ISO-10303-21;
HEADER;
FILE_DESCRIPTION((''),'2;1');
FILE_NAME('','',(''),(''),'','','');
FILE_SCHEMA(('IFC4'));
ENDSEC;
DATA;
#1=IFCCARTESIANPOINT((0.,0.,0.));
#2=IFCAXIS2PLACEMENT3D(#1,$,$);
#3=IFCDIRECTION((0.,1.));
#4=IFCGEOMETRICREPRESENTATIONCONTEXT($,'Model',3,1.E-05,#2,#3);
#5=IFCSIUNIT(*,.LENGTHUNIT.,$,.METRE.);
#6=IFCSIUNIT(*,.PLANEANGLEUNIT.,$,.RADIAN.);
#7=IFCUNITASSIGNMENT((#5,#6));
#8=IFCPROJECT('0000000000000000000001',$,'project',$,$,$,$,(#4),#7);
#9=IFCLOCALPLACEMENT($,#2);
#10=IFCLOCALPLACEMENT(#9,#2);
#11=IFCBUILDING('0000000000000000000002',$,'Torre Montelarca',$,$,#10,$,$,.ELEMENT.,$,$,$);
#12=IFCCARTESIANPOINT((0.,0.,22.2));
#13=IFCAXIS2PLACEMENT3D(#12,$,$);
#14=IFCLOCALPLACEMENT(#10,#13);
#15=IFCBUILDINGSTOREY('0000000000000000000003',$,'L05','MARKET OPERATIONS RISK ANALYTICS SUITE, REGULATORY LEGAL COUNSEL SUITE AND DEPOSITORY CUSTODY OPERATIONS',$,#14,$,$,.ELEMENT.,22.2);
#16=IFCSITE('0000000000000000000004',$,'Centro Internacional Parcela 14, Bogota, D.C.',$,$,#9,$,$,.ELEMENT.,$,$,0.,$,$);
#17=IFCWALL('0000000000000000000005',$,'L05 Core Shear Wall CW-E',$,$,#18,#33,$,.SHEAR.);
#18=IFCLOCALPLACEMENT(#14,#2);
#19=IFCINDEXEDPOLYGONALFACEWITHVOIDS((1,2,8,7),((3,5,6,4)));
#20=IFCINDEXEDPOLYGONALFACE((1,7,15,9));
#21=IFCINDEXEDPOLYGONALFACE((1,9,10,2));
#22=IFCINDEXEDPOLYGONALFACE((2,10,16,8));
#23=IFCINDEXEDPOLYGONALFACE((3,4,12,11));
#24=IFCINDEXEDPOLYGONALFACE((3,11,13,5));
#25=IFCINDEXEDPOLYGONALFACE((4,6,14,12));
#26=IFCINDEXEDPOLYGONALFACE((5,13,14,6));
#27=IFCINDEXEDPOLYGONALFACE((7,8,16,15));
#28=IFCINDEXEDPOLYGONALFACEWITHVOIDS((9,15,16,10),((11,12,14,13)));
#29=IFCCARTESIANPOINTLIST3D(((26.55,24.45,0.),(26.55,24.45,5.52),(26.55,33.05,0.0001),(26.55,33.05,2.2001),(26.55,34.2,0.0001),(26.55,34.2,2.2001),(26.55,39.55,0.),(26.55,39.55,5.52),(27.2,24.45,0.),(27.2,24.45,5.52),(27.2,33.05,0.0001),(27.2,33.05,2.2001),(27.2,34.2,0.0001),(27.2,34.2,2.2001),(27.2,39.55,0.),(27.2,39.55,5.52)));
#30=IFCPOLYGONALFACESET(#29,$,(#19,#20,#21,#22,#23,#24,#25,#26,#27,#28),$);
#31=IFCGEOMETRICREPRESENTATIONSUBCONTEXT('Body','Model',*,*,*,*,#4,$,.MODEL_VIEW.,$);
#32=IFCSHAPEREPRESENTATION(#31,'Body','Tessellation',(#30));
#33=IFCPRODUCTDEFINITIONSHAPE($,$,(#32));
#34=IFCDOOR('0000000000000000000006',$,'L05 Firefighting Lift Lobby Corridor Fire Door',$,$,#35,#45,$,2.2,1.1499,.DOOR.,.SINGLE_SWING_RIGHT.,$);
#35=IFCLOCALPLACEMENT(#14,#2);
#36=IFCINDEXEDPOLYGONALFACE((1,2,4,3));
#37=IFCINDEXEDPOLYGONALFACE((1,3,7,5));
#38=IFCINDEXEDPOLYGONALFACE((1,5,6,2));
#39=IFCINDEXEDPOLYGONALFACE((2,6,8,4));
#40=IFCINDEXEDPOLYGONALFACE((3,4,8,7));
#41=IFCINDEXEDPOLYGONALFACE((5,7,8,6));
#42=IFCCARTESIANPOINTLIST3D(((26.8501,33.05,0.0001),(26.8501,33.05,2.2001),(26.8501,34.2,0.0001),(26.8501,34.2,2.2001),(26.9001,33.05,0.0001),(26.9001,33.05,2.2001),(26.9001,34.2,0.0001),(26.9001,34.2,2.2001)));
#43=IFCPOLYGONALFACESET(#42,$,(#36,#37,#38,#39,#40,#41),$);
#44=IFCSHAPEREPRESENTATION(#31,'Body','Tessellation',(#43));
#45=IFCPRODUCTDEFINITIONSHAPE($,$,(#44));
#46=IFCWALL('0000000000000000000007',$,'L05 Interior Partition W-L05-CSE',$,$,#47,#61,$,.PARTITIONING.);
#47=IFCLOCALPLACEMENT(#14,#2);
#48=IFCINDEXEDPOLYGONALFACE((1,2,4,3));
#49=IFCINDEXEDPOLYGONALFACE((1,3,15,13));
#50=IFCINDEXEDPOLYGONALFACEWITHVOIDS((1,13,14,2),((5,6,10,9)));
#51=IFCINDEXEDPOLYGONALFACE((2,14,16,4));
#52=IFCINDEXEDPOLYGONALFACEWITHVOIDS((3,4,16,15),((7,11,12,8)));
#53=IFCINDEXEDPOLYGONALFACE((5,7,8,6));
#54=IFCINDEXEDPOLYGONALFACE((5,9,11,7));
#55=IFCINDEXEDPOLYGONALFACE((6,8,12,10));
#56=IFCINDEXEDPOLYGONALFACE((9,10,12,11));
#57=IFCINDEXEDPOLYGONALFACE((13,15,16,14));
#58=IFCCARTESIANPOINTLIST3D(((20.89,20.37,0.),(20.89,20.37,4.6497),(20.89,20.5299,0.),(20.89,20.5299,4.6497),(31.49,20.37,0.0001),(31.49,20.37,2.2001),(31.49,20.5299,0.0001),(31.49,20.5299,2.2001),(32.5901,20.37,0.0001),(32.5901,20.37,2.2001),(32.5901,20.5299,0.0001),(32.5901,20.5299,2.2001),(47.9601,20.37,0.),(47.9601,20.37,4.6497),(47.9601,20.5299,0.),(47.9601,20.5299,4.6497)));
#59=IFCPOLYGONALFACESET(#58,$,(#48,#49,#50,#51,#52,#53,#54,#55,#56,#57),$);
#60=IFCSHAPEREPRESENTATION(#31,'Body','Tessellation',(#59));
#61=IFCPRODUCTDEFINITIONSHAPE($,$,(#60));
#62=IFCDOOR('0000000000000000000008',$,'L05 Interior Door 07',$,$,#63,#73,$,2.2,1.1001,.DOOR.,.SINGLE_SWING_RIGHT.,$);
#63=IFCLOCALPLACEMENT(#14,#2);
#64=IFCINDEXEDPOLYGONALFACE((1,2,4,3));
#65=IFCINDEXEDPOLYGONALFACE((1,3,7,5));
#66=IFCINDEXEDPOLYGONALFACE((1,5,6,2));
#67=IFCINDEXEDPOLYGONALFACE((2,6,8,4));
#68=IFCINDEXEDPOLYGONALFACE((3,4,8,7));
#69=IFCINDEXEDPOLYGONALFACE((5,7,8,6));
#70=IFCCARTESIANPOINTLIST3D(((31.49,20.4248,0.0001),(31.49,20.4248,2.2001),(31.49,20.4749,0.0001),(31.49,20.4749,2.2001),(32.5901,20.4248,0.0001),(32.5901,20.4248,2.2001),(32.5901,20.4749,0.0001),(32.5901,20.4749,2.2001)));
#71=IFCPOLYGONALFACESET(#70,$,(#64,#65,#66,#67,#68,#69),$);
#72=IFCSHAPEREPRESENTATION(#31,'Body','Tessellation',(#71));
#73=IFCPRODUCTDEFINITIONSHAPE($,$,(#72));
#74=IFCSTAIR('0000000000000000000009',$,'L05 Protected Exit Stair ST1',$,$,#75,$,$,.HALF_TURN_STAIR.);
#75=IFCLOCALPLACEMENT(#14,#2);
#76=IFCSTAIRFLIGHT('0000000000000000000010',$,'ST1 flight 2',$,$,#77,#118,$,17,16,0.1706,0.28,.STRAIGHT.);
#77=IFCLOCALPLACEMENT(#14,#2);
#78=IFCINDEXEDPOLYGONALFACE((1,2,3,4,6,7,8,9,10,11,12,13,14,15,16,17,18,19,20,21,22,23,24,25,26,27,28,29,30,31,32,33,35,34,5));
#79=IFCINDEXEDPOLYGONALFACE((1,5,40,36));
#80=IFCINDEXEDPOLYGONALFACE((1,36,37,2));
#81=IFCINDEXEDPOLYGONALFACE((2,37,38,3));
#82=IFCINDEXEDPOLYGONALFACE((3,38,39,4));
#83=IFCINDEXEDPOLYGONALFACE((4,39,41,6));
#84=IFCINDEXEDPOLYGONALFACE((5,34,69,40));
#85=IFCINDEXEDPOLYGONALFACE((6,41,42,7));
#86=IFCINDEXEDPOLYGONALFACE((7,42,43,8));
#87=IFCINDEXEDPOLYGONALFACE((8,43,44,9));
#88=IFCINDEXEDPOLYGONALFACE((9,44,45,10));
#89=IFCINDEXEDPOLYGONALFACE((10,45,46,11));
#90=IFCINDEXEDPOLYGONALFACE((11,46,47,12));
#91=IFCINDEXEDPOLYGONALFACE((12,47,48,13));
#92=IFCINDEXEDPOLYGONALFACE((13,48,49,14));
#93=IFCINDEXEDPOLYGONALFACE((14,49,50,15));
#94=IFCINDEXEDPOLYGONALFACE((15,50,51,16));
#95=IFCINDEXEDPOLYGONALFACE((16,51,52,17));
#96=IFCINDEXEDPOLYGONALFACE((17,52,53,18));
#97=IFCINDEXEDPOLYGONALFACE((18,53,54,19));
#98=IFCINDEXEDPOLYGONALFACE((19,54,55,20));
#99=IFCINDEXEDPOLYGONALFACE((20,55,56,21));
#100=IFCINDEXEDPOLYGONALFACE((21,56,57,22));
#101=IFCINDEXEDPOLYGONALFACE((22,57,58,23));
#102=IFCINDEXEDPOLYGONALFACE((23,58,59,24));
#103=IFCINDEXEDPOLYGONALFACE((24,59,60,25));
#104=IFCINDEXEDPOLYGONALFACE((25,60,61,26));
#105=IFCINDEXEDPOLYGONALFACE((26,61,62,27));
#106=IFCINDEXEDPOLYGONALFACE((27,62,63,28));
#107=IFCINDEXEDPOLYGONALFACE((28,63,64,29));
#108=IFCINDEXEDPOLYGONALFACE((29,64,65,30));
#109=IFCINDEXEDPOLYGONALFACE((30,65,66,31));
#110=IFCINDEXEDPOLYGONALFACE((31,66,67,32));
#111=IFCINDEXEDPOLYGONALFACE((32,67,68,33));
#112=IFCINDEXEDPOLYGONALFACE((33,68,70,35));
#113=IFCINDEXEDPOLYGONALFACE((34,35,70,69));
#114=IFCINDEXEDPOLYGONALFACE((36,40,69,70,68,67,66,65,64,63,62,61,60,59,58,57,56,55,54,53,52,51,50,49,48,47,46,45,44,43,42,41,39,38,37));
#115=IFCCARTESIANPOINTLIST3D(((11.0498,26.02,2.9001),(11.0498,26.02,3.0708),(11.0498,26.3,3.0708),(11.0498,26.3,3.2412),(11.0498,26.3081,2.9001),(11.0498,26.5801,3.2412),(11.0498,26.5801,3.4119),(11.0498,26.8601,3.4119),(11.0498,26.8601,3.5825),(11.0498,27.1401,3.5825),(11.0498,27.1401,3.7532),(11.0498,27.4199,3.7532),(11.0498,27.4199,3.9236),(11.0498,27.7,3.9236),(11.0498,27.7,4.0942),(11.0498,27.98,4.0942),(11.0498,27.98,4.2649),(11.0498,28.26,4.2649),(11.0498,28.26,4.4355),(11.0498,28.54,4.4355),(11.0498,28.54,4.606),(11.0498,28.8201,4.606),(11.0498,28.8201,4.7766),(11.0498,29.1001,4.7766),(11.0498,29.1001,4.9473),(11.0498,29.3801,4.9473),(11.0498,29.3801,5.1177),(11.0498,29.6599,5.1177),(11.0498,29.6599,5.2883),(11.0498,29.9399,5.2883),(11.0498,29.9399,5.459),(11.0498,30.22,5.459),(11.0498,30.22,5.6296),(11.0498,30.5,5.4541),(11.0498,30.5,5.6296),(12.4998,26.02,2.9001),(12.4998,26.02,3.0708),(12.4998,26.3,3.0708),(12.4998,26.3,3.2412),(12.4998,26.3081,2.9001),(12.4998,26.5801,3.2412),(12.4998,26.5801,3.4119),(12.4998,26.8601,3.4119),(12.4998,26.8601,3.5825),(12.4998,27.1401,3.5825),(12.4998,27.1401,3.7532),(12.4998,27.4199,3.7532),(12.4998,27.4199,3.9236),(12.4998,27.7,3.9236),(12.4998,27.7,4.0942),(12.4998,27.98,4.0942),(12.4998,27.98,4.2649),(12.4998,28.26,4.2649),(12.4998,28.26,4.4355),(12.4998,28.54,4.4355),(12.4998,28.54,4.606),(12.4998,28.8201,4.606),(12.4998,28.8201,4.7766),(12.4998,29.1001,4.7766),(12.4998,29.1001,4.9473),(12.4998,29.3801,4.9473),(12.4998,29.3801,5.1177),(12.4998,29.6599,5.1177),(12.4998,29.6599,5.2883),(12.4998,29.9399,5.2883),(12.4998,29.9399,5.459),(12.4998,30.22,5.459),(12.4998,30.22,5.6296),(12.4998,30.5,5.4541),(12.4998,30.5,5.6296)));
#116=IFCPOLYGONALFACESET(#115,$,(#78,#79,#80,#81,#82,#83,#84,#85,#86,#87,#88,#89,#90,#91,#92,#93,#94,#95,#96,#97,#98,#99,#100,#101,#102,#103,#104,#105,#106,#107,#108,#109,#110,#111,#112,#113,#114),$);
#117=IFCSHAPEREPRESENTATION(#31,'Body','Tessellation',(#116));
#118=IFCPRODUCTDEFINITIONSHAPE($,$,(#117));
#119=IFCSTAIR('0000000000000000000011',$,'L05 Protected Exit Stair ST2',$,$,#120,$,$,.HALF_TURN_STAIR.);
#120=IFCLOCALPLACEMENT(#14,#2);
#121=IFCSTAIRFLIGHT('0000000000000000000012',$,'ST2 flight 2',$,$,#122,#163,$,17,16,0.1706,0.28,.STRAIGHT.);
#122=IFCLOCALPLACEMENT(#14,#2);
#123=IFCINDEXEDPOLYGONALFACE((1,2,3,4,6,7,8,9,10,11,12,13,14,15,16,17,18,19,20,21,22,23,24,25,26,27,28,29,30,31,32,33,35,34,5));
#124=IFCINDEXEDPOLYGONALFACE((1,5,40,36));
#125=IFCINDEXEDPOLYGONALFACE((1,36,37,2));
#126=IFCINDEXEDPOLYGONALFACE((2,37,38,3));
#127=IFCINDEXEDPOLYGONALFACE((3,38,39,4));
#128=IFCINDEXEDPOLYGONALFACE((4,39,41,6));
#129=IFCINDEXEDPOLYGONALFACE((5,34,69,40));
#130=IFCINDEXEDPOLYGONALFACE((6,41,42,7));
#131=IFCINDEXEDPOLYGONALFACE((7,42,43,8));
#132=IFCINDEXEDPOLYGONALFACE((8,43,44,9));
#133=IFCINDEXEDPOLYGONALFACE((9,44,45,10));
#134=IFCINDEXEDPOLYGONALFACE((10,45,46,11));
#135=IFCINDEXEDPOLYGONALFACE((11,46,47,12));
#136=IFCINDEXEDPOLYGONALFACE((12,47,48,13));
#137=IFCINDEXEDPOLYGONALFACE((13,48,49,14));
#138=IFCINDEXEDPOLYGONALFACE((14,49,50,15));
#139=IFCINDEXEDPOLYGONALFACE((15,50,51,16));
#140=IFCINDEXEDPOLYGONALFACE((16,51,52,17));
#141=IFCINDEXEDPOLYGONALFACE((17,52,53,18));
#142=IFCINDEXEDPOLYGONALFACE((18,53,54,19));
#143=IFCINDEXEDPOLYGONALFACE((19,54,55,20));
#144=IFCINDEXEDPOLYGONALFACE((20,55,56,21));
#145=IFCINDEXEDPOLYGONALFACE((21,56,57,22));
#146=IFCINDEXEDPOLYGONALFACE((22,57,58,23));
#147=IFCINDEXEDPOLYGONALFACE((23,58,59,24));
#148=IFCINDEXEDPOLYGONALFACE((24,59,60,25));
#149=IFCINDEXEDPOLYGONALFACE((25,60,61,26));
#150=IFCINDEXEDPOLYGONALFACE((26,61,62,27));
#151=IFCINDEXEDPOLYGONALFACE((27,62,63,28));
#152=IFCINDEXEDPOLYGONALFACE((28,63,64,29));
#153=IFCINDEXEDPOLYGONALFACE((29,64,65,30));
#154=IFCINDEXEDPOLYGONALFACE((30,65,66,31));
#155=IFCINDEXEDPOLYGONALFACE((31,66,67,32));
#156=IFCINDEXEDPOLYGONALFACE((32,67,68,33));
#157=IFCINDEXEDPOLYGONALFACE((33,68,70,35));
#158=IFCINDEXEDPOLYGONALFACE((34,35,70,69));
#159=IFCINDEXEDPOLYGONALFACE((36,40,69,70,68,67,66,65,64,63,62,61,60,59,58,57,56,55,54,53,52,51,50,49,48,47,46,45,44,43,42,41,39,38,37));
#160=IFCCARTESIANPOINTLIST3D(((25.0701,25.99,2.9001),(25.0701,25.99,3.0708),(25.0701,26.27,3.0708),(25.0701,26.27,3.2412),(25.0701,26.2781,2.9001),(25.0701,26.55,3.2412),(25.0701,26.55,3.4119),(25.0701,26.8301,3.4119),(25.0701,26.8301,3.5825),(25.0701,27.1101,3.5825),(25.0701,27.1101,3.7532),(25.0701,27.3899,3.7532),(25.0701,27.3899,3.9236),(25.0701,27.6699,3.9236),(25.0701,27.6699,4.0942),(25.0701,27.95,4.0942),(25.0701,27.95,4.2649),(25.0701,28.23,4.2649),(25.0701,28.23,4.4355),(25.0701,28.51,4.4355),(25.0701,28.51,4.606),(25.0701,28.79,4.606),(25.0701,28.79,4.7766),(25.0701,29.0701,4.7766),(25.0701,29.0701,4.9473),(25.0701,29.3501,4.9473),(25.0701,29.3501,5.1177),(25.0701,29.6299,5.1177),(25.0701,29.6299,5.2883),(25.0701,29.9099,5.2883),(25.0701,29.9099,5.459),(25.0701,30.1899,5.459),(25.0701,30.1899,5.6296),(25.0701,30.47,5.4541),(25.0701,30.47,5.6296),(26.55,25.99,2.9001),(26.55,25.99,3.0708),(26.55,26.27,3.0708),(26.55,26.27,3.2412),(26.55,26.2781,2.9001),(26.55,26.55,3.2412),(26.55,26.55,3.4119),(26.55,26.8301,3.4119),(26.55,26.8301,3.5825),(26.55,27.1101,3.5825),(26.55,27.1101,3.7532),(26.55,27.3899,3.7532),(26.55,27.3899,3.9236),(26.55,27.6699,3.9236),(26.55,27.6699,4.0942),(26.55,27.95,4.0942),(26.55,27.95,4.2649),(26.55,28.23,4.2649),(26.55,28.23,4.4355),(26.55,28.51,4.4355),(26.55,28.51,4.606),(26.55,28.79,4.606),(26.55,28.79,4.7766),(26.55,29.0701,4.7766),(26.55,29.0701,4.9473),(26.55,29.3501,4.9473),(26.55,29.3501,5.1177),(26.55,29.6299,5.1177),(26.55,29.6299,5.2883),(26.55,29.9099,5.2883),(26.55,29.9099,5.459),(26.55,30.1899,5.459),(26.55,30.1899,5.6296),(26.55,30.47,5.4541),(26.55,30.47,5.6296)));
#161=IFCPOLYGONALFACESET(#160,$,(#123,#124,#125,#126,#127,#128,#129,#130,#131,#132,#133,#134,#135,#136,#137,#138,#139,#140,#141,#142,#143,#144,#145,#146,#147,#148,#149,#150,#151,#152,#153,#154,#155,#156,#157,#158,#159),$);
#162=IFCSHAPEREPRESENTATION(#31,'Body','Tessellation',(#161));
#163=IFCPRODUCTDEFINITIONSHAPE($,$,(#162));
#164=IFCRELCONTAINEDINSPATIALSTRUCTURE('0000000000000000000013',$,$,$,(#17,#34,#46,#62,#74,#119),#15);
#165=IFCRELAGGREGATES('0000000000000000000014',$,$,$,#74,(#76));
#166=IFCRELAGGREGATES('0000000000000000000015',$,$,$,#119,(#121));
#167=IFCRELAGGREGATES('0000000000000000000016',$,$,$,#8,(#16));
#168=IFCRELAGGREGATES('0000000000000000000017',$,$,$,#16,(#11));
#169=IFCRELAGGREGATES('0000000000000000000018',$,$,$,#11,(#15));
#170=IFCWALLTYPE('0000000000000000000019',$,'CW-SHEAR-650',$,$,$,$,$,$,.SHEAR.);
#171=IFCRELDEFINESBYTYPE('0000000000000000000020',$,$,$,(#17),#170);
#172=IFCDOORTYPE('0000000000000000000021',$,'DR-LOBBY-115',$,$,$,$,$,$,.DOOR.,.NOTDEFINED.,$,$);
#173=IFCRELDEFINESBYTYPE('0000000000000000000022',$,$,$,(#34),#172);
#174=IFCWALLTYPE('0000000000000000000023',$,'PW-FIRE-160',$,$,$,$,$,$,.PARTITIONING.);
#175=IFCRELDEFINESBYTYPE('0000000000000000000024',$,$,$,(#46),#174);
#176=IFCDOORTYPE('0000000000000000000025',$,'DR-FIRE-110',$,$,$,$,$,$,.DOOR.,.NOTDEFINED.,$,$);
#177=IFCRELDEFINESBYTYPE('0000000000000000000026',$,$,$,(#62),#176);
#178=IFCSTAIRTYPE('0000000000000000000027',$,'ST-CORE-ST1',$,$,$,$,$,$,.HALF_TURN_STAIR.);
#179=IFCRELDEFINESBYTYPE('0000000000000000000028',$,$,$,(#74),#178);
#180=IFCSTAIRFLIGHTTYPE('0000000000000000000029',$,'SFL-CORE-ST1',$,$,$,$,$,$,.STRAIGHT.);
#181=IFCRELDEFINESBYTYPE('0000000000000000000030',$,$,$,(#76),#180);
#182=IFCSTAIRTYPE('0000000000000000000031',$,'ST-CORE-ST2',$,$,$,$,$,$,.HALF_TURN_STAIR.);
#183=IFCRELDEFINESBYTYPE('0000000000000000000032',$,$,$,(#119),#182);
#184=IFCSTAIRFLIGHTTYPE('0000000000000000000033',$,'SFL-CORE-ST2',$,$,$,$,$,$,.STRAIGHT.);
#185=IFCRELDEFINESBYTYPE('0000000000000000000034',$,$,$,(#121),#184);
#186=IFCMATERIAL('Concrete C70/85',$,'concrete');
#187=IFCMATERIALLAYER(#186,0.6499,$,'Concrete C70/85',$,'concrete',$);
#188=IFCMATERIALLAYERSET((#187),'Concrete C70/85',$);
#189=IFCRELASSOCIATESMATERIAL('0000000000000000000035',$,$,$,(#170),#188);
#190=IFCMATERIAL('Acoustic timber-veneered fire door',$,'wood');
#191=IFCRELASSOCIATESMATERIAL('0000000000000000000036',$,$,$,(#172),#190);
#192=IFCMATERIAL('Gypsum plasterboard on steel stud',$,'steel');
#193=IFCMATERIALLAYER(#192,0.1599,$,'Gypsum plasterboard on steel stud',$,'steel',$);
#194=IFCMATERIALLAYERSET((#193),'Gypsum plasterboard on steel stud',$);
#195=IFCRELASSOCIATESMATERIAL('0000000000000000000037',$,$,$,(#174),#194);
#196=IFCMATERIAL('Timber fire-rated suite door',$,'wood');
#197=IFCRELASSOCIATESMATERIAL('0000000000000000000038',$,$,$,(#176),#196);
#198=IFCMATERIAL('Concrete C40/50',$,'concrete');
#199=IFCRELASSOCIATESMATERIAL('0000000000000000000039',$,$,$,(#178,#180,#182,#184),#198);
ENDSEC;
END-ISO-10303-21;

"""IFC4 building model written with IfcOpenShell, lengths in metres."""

from ifc_helpers import new_model, si_unit, direction, frame, frame_2d, origin, place, context, subcontext, project, spatial, polyline, rectangle, outline, extrude, source, transform, mapped, material, layer, layer_set, type_object, element, fill, aggregate, save


model = new_model("IFC4")

# Units and contexts
model_context = context("Model", 3, precision=1e-05, world=origin(), true_north=direction((0.0, 1.0)))
body_context = subcontext(model_context, "Body", "Model", "MODEL_VIEW")
ifc_project = project(units=[si_unit("LENGTHUNIT", "METRE"), si_unit("PLANEANGLEUNIT", "RADIAN")], contexts=[model_context])

# Site, building, storey
site_placement = place(None, origin())
site = spatial("IfcSite", under=ifc_project, at=site_placement, Name="Centro Internacional Parcela 14, Bogota, D.C.", CompositionType="ELEMENT", RefElevation=0.0)
building_placement = place(site_placement, origin())
building = spatial("IfcBuilding", under=site, at=building_placement, Name="Torre Montelarca", CompositionType="ELEMENT")
storey_placement = place(building_placement, frame((0.0, 0.0, 22.2)))
storey = spatial("IfcBuildingStorey", under=building, at=storey_placement, Name="L05", Description="MARKET OPERATIONS RISK ANALYTICS SUITE, REGULATORY LEGAL COUNSEL SUITE AND DEPOSITORY CUSTODY OPERATIONS", CompositionType="ELEMENT", Elevation=22.2)

# Shared definitions
ifc_material_1 = material(Name="Concrete C70/85", Category="concrete")

# Shared definitions
ifc_material_2 = material(Name="Concrete C40/50", Category="concrete")

# Walls, openings, doors
ifc_layer_1 = layer(ifc_material_1, 0.6499, Name="Concrete C70/85", Category="concrete")
ifc_layer_set_1 = layer_set([ifc_layer_1], Name="Concrete C70/85")
wall_type_1 = type_object("IfcWallType", Name="CW-SHEAR-650", PredefinedType="SHEAR", material=ifc_layer_set_1)
wall_1_placement = place(storey_placement, frame((26.875, 24.45, 0.0), z_axis=(0.0, 0.0, 1.0), x_axis=(0.0, 1.0, 0.0)))
wall_1 = element("IfcWall", 1, at=wall_1_placement, inside=storey, type_object=wall_type_1, Name="L05 Core Shear Wall CW-E", PredefinedType="SHEAR", context=body_context, shape_type="SweptSolid", body=[
    extrude(rectangle(XDim=15.1001, YDim=0.6499, at=frame_2d((7.55, 0.0))), origin(), (0.0, 0.0, 1.0), 5.52),
])
opening_1_placement = place(wall_1_placement, frame((8.6001, 0.0, 0.0)))
opening_1 = element("IfcOpeningElement", 2, at=opening_1_placement, cuts=wall_1, PredefinedType="OPENING", context=body_context, shape_type="SweptSolid", body=[
    extrude(rectangle(XDim=1.1499, YDim=2.2, at=frame_2d((0.575, 1.1001))), frame((0.0, 0.335, 0.0), z_axis=(0.0, -1.0, 0.0), x_axis=(1.0, 0.0, 0.0)), (0.0, 0.0, 1.0), 0.6699),
])
ifc_material_3 = material(Name="Acoustic timber-veneered fire door", Category="wood")
door_type_1 = type_object("IfcDoorType", Name="DR-LOBBY-115", OperationType="NOTDEFINED", PredefinedType="DOOR", material=ifc_material_3)
shared_shape_1 = source(origin(), body_context, "Body", "SweptSolid", [
    extrude(rectangle(XDim=1.1499, YDim=2.2, at=frame_2d((0.575, 1.1001))), frame((0.0, 0.0249, 0.0), z_axis=(0.0, -1.0, 0.0), x_axis=(1.0, 0.0, 0.0)), (0.0, 0.0, 1.0), 0.05),
])
door_1_placement = place(opening_1_placement, origin())
door_1 = element("IfcDoor", 3, at=door_1_placement, inside=storey, type_object=door_type_1, Name="L05 Firefighting Lift Lobby Corridor Fire Door", OperationType="SINGLE_SWING_RIGHT", OverallHeight=2.2, OverallWidth=1.1499, PredefinedType="DOOR", context=body_context, shape_type="MappedRepresentation", body=[
    mapped(shared_shape_1, transform((0.0, 0.0, 0.0), scale=1.0)),
])
fill(opening_1, door_1)
ifc_material_4 = material(Name="Gypsum plasterboard on steel stud", Category="steel")
ifc_layer_2 = layer(ifc_material_4, 0.1599, Name="Gypsum plasterboard on steel stud", Category="steel")
ifc_layer_set_2 = layer_set([ifc_layer_2], Name="Gypsum plasterboard on steel stud")
wall_type_2 = type_object("IfcWallType", Name="PW-FIRE-160", PredefinedType="PARTITIONING", material=ifc_layer_set_2)
wall_2_placement = place(storey_placement, frame((20.8899, 20.45, 0.0), z_axis=(0.0, 0.0, 1.0), x_axis=(1.0, 0.0, 0.0)))
wall_2 = element("IfcWall", 4, at=wall_2_placement, inside=storey, type_object=wall_type_2, Name="L05 Interior Partition W-L05-CSE", PredefinedType="PARTITIONING", context=body_context, shape_type="SweptSolid", body=[
    extrude(rectangle(XDim=27.0701, YDim=0.1599, at=frame_2d((13.5352, 0.0))), origin(), (0.0, 0.0, 1.0), 4.6497),
])
opening_2_placement = place(wall_2_placement, frame((10.6001, 0.0, 0.0)))
opening_2 = element("IfcOpeningElement", 5, at=opening_2_placement, cuts=wall_2, PredefinedType="OPENING", context=body_context, shape_type="SweptSolid", body=[
    extrude(rectangle(XDim=1.1001, YDim=2.2, at=frame_2d((0.55, 1.1001))), frame((0.0, 0.0898, 0.0), z_axis=(0.0, -1.0, 0.0), x_axis=(1.0, 0.0, 0.0)), (0.0, 0.0, 1.0), 0.1799),
])
ifc_material_5 = material(Name="Timber fire-rated suite door", Category="wood")
door_type_2 = type_object("IfcDoorType", Name="DR-FIRE-110", OperationType="NOTDEFINED", PredefinedType="DOOR", material=ifc_material_5)
shared_shape_2 = source(origin(), body_context, "Body", "SweptSolid", [
    extrude(rectangle(XDim=1.1001, YDim=2.2, at=frame_2d((0.55, 1.1001))), frame((0.0, 0.0249, 0.0), z_axis=(0.0, -1.0, 0.0), x_axis=(1.0, 0.0, 0.0)), (0.0, 0.0, 1.0), 0.05),
])
door_2_placement = place(opening_2_placement, origin())
door_2 = element("IfcDoor", 6, at=door_2_placement, inside=storey, type_object=door_type_2, Name="L05 Interior Door 07", OperationType="SINGLE_SWING_RIGHT", OverallHeight=2.2, OverallWidth=1.1001, PredefinedType="DOOR", context=body_context, shape_type="MappedRepresentation", body=[
    mapped(shared_shape_2, transform((0.0, 0.0, 0.0), scale=1.0)),
])
fill(opening_2, door_2)

# Stairs, stair flights
stair_type_1 = type_object("IfcStairType", Name="ST-CORE-ST1", PredefinedType="HALF_TURN_STAIR", material=ifc_material_2)
stair_1_placement = place(storey_placement, origin())
stair_1 = element("IfcStair", 7, at=stair_1_placement, inside=storey, type_object=stair_type_1, Name="L05 Protected Exit Stair ST1", PredefinedType="HALF_TURN_STAIR")
stair_flight_type_1 = type_object("IfcStairFlightType", Name="SFL-CORE-ST1", PredefinedType="STRAIGHT", material=ifc_material_2)
stair_flight_1_placement = place(storey_placement, frame((11.7749, 26.02, 2.9001), z_axis=(0.0, 0.0, 1.0), x_axis=(0.0, 1.0, 0.0)))
stair_flight_1 = element("IfcStairFlight", 8, at=stair_flight_1_placement, type_object=stair_flight_type_1, Name="ST1 flight 2", NumberOfRisers=17, NumberOfTreads=16, PredefinedType="STRAIGHT", RiserHeight=0.1706, TreadLength=0.28, context=body_context, shape_type="SweptSolid", body=[
    extrude(outline(polyline([(0.0, 0.0), (0.0, 0.1707), (0.28, 0.1707), (0.28, 0.3411), (0.5601, 0.3411), (0.5601, 0.5117), (0.8401, 0.5117), (0.8401, 0.6824), (1.1201, 0.6824), (1.1201, 0.853), (1.3999, 0.853), (1.3999, 1.0234), (1.6799, 1.0234), (1.6799, 1.1941), (1.96, 1.1941), (1.96, 1.3647), (2.24, 1.3647), (2.24, 1.5354), (2.52, 1.5354), (2.52, 1.7058), (2.8, 1.7058), (2.8, 1.8765), (3.0801, 1.8765), (3.0801, 2.0471), (3.3601, 2.0471), (3.3601, 2.2175), (3.6399, 2.2175), (3.6399, 2.3882), (3.9199, 2.3882), (3.9199, 2.5588), (4.2, 2.5588), (4.2, 2.7295), (4.48, 2.7295), (4.48, 2.8999), (4.48, 2.554), (0.2881, 0.0), (0.0, 0.0)])), frame((0.0, 0.7251, 0.0), z_axis=(0.0, -1.0, 0.0), x_axis=(1.0, 0.0, 0.0)), (0.0, 0.0, 1.0), 1.45),
])
aggregate(stair_1, [stair_flight_1])
stair_type_2 = type_object("IfcStairType", Name="ST-CORE-ST2", PredefinedType="HALF_TURN_STAIR", material=ifc_material_2)
stair_2_placement = place(storey_placement, origin())
stair_2 = element("IfcStair", 9, at=stair_2_placement, inside=storey, type_object=stair_type_2, Name="L05 Protected Exit Stair ST2", PredefinedType="HALF_TURN_STAIR")
stair_flight_type_2 = type_object("IfcStairFlightType", Name="SFL-CORE-ST2", PredefinedType="STRAIGHT", material=ifc_material_2)
stair_flight_2_placement = place(storey_placement, frame((25.8101, 25.99, 2.9001), z_axis=(0.0, 0.0, 1.0), x_axis=(0.0, 1.0, 0.0)))
stair_flight_2 = element("IfcStairFlight", 10, at=stair_flight_2_placement, type_object=stair_flight_type_2, Name="ST2 flight 2", NumberOfRisers=17, NumberOfTreads=16, PredefinedType="STRAIGHT", RiserHeight=0.1706, TreadLength=0.28, context=body_context, shape_type="SweptSolid", body=[
    extrude(outline(polyline([(0.0, 0.0), (0.0, 0.1707), (0.28, 0.1707), (0.28, 0.3411), (0.5601, 0.3411), (0.5601, 0.5117), (0.8401, 0.5117), (0.8401, 0.6824), (1.1201, 0.6824), (1.1201, 0.853), (1.3999, 0.853), (1.3999, 1.0234), (1.6799, 1.0234), (1.6799, 1.1941), (1.96, 1.1941), (1.96, 1.3647), (2.24, 1.3647), (2.24, 1.5354), (2.52, 1.5354), (2.52, 1.7058), (2.8, 1.7058), (2.8, 1.8765), (3.0801, 1.8765), (3.0801, 2.0471), (3.3601, 2.0471), (3.3601, 2.2175), (3.6399, 2.2175), (3.6399, 2.3882), (3.9199, 2.3882), (3.9199, 2.5588), (4.2, 2.5588), (4.2, 2.7295), (4.48, 2.7295), (4.48, 2.8999), (4.48, 2.554), (0.2881, 0.0), (0.0, 0.0)])), frame((0.0, 0.74, 0.0), z_axis=(0.0, -1.0, 0.0), x_axis=(1.0, 0.0, 0.0)), (0.0, 0.0, 1.0), 1.48),
])
aggregate(stair_2, [stair_flight_2])

save(model, "model.ifc")
